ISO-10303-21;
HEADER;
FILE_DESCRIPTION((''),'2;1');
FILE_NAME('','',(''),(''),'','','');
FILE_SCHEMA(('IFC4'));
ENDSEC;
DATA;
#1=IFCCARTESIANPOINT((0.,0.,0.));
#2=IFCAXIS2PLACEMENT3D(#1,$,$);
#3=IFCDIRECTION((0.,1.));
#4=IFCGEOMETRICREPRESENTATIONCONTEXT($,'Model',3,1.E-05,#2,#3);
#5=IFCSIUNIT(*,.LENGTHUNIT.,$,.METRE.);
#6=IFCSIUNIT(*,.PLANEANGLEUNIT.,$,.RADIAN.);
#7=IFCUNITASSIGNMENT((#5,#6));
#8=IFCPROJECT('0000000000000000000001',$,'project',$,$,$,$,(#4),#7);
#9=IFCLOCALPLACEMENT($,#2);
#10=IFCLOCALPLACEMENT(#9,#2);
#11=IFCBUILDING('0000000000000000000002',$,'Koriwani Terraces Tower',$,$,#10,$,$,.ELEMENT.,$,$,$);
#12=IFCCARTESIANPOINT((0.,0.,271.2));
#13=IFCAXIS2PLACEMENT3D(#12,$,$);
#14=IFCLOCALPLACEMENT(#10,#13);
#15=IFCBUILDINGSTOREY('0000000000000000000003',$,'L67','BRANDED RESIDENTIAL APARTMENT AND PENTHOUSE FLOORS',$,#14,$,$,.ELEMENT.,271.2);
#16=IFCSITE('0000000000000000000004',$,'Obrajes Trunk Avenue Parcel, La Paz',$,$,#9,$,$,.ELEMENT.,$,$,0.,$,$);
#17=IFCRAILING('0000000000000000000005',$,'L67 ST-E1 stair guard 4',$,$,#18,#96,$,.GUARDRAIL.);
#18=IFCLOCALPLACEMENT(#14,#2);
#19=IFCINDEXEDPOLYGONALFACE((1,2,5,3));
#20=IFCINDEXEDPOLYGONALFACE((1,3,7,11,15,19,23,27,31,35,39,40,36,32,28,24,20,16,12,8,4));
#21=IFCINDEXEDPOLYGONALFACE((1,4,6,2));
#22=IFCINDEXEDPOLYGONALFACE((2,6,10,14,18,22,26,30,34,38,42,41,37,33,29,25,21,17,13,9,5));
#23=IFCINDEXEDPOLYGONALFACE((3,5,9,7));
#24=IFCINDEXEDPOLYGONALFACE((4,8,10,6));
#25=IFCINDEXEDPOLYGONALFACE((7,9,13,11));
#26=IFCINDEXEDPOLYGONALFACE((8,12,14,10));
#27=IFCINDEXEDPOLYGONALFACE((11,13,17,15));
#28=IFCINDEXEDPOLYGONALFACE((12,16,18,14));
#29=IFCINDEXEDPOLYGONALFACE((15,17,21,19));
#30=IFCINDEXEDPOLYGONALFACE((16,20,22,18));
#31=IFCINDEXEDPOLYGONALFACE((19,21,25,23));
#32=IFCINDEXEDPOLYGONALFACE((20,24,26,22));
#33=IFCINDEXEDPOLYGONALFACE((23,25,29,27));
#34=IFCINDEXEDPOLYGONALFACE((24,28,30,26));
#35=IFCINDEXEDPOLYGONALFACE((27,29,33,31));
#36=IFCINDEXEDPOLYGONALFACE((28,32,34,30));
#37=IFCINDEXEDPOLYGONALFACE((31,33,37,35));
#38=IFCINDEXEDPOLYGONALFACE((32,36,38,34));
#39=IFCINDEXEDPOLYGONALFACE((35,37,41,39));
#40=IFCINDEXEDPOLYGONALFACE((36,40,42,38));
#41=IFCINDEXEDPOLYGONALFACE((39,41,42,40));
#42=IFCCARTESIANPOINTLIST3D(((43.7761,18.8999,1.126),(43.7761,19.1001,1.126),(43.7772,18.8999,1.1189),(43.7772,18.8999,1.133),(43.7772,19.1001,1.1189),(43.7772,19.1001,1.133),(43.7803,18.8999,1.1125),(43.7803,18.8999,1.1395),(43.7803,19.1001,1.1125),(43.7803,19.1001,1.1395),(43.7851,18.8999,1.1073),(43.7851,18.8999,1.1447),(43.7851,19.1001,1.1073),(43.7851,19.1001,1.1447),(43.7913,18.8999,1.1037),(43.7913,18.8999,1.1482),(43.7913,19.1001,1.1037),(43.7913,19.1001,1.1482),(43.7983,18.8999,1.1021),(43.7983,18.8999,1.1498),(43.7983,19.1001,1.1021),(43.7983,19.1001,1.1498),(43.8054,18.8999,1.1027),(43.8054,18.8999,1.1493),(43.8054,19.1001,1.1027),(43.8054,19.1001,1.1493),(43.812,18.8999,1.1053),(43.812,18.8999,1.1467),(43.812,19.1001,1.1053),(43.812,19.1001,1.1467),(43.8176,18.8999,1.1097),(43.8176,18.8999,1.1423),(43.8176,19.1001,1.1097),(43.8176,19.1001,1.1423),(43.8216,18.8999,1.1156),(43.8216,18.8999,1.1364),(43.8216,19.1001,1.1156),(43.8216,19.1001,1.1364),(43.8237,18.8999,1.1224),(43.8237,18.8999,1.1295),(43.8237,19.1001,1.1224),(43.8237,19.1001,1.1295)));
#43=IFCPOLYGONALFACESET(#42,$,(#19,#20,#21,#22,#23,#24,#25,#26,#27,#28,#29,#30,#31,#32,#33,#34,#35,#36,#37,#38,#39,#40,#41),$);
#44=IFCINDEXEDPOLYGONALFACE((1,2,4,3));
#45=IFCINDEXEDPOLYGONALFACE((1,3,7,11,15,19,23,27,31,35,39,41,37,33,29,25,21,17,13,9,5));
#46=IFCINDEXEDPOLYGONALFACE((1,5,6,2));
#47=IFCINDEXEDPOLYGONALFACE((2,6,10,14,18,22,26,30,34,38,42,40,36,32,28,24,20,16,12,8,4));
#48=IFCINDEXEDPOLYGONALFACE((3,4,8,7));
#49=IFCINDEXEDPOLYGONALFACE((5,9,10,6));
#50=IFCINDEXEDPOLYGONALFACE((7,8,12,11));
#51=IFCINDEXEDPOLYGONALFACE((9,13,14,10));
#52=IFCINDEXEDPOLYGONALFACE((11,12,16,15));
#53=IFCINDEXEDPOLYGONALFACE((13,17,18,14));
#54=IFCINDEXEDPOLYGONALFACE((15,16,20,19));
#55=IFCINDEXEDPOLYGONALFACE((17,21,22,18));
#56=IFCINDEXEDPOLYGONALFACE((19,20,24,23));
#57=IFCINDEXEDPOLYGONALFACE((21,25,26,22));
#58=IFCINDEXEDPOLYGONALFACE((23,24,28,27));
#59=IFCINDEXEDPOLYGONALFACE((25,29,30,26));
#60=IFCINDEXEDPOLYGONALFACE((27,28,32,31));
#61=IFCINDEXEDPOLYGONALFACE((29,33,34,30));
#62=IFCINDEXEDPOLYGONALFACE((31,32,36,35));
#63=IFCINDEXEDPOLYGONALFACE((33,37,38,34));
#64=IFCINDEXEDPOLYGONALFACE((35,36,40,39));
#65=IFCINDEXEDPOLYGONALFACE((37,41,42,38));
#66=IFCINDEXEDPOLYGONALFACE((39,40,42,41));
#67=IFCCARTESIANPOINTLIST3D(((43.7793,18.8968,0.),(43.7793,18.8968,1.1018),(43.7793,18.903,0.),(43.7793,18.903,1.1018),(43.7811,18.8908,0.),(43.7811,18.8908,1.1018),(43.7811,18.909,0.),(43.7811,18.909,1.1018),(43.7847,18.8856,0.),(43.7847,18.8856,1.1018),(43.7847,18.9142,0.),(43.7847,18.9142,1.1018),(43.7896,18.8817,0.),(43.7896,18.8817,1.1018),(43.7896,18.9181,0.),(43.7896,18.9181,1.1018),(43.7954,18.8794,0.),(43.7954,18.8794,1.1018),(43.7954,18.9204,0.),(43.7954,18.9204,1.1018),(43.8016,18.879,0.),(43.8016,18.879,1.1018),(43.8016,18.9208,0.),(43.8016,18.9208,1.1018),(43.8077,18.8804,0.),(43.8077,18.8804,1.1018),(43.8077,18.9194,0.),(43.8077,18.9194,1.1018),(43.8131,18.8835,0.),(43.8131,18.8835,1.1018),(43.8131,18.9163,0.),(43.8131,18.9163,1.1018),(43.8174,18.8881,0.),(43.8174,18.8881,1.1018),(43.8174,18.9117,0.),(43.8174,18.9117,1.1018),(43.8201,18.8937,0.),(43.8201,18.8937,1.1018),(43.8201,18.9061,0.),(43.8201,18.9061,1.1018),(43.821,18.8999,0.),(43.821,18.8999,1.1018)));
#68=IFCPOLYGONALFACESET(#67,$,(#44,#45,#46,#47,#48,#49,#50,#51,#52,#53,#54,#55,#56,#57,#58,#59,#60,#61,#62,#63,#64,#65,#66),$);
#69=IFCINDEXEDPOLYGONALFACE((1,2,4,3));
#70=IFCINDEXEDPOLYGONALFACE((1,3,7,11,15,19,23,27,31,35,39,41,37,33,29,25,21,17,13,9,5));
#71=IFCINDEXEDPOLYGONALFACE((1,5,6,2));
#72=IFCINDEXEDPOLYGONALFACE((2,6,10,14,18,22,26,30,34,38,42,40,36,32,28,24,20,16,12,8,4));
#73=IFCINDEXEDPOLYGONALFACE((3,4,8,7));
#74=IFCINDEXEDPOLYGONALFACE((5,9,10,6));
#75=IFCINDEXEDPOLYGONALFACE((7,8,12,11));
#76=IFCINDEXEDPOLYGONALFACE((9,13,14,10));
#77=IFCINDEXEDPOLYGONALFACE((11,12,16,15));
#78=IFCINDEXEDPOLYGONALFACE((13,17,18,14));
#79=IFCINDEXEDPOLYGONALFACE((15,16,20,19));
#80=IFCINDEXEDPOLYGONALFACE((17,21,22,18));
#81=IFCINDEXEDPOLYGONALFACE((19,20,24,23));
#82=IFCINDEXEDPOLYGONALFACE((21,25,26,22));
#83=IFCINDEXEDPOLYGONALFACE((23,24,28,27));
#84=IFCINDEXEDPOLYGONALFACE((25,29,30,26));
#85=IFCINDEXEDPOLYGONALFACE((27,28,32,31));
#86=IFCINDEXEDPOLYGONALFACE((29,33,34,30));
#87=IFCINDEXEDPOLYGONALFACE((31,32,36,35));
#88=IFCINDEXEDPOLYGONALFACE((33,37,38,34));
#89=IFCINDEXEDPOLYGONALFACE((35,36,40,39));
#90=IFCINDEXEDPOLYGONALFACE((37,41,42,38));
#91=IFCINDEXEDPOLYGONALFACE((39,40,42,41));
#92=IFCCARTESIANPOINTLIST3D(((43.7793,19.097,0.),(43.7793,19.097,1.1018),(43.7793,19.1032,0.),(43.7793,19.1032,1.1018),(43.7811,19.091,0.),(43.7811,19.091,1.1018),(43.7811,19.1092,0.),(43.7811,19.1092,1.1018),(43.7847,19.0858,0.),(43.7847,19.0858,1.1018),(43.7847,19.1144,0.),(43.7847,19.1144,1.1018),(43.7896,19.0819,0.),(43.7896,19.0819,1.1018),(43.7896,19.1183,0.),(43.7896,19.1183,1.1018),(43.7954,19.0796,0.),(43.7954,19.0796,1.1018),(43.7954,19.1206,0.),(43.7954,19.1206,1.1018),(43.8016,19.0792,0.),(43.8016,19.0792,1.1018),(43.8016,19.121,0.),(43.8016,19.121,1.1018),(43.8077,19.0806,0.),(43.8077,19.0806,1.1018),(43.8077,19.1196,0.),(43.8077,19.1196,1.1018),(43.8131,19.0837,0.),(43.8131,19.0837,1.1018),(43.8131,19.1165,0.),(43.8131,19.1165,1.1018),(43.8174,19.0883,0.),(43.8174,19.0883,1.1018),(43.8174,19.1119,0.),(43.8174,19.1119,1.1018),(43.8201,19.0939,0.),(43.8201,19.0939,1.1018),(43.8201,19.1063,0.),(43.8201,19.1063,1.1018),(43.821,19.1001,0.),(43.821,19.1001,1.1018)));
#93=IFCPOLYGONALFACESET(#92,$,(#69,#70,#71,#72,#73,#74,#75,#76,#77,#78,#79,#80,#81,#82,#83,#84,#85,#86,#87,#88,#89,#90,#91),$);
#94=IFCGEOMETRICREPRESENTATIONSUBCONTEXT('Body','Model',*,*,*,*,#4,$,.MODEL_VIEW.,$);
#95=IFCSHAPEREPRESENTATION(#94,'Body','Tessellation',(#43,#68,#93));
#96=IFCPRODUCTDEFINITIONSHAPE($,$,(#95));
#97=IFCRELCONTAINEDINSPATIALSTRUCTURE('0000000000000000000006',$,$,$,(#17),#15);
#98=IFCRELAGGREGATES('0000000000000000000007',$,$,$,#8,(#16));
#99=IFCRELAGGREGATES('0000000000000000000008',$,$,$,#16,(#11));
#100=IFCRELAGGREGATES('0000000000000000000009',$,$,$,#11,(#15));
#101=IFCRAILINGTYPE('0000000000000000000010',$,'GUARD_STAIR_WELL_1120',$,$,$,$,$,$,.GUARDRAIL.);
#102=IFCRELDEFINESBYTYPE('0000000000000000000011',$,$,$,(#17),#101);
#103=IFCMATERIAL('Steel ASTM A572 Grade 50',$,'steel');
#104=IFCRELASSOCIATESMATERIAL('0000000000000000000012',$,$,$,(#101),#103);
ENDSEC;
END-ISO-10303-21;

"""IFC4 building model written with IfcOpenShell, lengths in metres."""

from ifc_helpers import new_model, si_unit, direction, frame, origin, origin_2d, place, context, subcontext, project, spatial, circle, extrude, material, type_object, element, save


model = new_model("IFC4")

# Units and contexts
model_context = context("Model", 3, precision=1e-05, world=origin(), true_north=direction((0.0, 1.0)))
body_context = subcontext(model_context, "Body", "Model", "MODEL_VIEW")
ifc_project = project(units=[si_unit("LENGTHUNIT", "METRE"), si_unit("PLANEANGLEUNIT", "RADIAN")], contexts=[model_context])

# Site, building, storey
site_placement = place(None, origin())
site = spatial("IfcSite", under=ifc_project, at=site_placement, Name="Obrajes Trunk Avenue Parcel, La Paz", CompositionType="ELEMENT", RefElevation=0.0)
building_placement = place(site_placement, origin())
building = spatial("IfcBuilding", under=site, at=building_placement, Name="Koriwani Terraces Tower", CompositionType="ELEMENT")
storey_placement = place(building_placement, frame((0.0, 0.0, 271.2)))
storey = spatial("IfcBuildingStorey", under=building, at=storey_placement, Name="L67", Description="BRANDED RESIDENTIAL APARTMENT AND PENTHOUSE FLOORS", CompositionType="ELEMENT", Elevation=271.2)

# Shared definitions
ifc_material_1 = material(Name="Steel ASTM A572 Grade 50", Category="steel")

# Railing
railing_type_1 = type_object("IfcRailingType", Name="GUARD_STAIR_WELL_1120", PredefinedType="GUARDRAIL", material=ifc_material_1)
railing_1_placement = place(storey_placement, frame((43.8, 18.8999, 0.0)))
element("IfcRailing", 1, at=railing_1_placement, inside=storey, type_object=railing_type_1, Name="L67 ST-E1 stair guard 4", PredefinedType="GUARDRAIL", context=body_context, shape_type="SweptSolid", body=[
    extrude(circle(Radius=0.0239, at=origin_2d()), frame((0.0, 0.0, 1.126), z_axis=(0.0, 1.0, 0.0), x_axis=(-1.0, 0.0, 0.0)), (0.0, 0.0, 1.0), 0.2002),
    extrude(circle(Radius=0.021, at=origin_2d()), origin(), (0.0, 0.0, 1.0), 1.1018),
    extrude(circle(Radius=0.021, at=origin_2d()), frame((0.0, 0.2002, 0.0)), (0.0, 0.0, 1.0), 1.1018),
])

save(model, "model.ifc")
